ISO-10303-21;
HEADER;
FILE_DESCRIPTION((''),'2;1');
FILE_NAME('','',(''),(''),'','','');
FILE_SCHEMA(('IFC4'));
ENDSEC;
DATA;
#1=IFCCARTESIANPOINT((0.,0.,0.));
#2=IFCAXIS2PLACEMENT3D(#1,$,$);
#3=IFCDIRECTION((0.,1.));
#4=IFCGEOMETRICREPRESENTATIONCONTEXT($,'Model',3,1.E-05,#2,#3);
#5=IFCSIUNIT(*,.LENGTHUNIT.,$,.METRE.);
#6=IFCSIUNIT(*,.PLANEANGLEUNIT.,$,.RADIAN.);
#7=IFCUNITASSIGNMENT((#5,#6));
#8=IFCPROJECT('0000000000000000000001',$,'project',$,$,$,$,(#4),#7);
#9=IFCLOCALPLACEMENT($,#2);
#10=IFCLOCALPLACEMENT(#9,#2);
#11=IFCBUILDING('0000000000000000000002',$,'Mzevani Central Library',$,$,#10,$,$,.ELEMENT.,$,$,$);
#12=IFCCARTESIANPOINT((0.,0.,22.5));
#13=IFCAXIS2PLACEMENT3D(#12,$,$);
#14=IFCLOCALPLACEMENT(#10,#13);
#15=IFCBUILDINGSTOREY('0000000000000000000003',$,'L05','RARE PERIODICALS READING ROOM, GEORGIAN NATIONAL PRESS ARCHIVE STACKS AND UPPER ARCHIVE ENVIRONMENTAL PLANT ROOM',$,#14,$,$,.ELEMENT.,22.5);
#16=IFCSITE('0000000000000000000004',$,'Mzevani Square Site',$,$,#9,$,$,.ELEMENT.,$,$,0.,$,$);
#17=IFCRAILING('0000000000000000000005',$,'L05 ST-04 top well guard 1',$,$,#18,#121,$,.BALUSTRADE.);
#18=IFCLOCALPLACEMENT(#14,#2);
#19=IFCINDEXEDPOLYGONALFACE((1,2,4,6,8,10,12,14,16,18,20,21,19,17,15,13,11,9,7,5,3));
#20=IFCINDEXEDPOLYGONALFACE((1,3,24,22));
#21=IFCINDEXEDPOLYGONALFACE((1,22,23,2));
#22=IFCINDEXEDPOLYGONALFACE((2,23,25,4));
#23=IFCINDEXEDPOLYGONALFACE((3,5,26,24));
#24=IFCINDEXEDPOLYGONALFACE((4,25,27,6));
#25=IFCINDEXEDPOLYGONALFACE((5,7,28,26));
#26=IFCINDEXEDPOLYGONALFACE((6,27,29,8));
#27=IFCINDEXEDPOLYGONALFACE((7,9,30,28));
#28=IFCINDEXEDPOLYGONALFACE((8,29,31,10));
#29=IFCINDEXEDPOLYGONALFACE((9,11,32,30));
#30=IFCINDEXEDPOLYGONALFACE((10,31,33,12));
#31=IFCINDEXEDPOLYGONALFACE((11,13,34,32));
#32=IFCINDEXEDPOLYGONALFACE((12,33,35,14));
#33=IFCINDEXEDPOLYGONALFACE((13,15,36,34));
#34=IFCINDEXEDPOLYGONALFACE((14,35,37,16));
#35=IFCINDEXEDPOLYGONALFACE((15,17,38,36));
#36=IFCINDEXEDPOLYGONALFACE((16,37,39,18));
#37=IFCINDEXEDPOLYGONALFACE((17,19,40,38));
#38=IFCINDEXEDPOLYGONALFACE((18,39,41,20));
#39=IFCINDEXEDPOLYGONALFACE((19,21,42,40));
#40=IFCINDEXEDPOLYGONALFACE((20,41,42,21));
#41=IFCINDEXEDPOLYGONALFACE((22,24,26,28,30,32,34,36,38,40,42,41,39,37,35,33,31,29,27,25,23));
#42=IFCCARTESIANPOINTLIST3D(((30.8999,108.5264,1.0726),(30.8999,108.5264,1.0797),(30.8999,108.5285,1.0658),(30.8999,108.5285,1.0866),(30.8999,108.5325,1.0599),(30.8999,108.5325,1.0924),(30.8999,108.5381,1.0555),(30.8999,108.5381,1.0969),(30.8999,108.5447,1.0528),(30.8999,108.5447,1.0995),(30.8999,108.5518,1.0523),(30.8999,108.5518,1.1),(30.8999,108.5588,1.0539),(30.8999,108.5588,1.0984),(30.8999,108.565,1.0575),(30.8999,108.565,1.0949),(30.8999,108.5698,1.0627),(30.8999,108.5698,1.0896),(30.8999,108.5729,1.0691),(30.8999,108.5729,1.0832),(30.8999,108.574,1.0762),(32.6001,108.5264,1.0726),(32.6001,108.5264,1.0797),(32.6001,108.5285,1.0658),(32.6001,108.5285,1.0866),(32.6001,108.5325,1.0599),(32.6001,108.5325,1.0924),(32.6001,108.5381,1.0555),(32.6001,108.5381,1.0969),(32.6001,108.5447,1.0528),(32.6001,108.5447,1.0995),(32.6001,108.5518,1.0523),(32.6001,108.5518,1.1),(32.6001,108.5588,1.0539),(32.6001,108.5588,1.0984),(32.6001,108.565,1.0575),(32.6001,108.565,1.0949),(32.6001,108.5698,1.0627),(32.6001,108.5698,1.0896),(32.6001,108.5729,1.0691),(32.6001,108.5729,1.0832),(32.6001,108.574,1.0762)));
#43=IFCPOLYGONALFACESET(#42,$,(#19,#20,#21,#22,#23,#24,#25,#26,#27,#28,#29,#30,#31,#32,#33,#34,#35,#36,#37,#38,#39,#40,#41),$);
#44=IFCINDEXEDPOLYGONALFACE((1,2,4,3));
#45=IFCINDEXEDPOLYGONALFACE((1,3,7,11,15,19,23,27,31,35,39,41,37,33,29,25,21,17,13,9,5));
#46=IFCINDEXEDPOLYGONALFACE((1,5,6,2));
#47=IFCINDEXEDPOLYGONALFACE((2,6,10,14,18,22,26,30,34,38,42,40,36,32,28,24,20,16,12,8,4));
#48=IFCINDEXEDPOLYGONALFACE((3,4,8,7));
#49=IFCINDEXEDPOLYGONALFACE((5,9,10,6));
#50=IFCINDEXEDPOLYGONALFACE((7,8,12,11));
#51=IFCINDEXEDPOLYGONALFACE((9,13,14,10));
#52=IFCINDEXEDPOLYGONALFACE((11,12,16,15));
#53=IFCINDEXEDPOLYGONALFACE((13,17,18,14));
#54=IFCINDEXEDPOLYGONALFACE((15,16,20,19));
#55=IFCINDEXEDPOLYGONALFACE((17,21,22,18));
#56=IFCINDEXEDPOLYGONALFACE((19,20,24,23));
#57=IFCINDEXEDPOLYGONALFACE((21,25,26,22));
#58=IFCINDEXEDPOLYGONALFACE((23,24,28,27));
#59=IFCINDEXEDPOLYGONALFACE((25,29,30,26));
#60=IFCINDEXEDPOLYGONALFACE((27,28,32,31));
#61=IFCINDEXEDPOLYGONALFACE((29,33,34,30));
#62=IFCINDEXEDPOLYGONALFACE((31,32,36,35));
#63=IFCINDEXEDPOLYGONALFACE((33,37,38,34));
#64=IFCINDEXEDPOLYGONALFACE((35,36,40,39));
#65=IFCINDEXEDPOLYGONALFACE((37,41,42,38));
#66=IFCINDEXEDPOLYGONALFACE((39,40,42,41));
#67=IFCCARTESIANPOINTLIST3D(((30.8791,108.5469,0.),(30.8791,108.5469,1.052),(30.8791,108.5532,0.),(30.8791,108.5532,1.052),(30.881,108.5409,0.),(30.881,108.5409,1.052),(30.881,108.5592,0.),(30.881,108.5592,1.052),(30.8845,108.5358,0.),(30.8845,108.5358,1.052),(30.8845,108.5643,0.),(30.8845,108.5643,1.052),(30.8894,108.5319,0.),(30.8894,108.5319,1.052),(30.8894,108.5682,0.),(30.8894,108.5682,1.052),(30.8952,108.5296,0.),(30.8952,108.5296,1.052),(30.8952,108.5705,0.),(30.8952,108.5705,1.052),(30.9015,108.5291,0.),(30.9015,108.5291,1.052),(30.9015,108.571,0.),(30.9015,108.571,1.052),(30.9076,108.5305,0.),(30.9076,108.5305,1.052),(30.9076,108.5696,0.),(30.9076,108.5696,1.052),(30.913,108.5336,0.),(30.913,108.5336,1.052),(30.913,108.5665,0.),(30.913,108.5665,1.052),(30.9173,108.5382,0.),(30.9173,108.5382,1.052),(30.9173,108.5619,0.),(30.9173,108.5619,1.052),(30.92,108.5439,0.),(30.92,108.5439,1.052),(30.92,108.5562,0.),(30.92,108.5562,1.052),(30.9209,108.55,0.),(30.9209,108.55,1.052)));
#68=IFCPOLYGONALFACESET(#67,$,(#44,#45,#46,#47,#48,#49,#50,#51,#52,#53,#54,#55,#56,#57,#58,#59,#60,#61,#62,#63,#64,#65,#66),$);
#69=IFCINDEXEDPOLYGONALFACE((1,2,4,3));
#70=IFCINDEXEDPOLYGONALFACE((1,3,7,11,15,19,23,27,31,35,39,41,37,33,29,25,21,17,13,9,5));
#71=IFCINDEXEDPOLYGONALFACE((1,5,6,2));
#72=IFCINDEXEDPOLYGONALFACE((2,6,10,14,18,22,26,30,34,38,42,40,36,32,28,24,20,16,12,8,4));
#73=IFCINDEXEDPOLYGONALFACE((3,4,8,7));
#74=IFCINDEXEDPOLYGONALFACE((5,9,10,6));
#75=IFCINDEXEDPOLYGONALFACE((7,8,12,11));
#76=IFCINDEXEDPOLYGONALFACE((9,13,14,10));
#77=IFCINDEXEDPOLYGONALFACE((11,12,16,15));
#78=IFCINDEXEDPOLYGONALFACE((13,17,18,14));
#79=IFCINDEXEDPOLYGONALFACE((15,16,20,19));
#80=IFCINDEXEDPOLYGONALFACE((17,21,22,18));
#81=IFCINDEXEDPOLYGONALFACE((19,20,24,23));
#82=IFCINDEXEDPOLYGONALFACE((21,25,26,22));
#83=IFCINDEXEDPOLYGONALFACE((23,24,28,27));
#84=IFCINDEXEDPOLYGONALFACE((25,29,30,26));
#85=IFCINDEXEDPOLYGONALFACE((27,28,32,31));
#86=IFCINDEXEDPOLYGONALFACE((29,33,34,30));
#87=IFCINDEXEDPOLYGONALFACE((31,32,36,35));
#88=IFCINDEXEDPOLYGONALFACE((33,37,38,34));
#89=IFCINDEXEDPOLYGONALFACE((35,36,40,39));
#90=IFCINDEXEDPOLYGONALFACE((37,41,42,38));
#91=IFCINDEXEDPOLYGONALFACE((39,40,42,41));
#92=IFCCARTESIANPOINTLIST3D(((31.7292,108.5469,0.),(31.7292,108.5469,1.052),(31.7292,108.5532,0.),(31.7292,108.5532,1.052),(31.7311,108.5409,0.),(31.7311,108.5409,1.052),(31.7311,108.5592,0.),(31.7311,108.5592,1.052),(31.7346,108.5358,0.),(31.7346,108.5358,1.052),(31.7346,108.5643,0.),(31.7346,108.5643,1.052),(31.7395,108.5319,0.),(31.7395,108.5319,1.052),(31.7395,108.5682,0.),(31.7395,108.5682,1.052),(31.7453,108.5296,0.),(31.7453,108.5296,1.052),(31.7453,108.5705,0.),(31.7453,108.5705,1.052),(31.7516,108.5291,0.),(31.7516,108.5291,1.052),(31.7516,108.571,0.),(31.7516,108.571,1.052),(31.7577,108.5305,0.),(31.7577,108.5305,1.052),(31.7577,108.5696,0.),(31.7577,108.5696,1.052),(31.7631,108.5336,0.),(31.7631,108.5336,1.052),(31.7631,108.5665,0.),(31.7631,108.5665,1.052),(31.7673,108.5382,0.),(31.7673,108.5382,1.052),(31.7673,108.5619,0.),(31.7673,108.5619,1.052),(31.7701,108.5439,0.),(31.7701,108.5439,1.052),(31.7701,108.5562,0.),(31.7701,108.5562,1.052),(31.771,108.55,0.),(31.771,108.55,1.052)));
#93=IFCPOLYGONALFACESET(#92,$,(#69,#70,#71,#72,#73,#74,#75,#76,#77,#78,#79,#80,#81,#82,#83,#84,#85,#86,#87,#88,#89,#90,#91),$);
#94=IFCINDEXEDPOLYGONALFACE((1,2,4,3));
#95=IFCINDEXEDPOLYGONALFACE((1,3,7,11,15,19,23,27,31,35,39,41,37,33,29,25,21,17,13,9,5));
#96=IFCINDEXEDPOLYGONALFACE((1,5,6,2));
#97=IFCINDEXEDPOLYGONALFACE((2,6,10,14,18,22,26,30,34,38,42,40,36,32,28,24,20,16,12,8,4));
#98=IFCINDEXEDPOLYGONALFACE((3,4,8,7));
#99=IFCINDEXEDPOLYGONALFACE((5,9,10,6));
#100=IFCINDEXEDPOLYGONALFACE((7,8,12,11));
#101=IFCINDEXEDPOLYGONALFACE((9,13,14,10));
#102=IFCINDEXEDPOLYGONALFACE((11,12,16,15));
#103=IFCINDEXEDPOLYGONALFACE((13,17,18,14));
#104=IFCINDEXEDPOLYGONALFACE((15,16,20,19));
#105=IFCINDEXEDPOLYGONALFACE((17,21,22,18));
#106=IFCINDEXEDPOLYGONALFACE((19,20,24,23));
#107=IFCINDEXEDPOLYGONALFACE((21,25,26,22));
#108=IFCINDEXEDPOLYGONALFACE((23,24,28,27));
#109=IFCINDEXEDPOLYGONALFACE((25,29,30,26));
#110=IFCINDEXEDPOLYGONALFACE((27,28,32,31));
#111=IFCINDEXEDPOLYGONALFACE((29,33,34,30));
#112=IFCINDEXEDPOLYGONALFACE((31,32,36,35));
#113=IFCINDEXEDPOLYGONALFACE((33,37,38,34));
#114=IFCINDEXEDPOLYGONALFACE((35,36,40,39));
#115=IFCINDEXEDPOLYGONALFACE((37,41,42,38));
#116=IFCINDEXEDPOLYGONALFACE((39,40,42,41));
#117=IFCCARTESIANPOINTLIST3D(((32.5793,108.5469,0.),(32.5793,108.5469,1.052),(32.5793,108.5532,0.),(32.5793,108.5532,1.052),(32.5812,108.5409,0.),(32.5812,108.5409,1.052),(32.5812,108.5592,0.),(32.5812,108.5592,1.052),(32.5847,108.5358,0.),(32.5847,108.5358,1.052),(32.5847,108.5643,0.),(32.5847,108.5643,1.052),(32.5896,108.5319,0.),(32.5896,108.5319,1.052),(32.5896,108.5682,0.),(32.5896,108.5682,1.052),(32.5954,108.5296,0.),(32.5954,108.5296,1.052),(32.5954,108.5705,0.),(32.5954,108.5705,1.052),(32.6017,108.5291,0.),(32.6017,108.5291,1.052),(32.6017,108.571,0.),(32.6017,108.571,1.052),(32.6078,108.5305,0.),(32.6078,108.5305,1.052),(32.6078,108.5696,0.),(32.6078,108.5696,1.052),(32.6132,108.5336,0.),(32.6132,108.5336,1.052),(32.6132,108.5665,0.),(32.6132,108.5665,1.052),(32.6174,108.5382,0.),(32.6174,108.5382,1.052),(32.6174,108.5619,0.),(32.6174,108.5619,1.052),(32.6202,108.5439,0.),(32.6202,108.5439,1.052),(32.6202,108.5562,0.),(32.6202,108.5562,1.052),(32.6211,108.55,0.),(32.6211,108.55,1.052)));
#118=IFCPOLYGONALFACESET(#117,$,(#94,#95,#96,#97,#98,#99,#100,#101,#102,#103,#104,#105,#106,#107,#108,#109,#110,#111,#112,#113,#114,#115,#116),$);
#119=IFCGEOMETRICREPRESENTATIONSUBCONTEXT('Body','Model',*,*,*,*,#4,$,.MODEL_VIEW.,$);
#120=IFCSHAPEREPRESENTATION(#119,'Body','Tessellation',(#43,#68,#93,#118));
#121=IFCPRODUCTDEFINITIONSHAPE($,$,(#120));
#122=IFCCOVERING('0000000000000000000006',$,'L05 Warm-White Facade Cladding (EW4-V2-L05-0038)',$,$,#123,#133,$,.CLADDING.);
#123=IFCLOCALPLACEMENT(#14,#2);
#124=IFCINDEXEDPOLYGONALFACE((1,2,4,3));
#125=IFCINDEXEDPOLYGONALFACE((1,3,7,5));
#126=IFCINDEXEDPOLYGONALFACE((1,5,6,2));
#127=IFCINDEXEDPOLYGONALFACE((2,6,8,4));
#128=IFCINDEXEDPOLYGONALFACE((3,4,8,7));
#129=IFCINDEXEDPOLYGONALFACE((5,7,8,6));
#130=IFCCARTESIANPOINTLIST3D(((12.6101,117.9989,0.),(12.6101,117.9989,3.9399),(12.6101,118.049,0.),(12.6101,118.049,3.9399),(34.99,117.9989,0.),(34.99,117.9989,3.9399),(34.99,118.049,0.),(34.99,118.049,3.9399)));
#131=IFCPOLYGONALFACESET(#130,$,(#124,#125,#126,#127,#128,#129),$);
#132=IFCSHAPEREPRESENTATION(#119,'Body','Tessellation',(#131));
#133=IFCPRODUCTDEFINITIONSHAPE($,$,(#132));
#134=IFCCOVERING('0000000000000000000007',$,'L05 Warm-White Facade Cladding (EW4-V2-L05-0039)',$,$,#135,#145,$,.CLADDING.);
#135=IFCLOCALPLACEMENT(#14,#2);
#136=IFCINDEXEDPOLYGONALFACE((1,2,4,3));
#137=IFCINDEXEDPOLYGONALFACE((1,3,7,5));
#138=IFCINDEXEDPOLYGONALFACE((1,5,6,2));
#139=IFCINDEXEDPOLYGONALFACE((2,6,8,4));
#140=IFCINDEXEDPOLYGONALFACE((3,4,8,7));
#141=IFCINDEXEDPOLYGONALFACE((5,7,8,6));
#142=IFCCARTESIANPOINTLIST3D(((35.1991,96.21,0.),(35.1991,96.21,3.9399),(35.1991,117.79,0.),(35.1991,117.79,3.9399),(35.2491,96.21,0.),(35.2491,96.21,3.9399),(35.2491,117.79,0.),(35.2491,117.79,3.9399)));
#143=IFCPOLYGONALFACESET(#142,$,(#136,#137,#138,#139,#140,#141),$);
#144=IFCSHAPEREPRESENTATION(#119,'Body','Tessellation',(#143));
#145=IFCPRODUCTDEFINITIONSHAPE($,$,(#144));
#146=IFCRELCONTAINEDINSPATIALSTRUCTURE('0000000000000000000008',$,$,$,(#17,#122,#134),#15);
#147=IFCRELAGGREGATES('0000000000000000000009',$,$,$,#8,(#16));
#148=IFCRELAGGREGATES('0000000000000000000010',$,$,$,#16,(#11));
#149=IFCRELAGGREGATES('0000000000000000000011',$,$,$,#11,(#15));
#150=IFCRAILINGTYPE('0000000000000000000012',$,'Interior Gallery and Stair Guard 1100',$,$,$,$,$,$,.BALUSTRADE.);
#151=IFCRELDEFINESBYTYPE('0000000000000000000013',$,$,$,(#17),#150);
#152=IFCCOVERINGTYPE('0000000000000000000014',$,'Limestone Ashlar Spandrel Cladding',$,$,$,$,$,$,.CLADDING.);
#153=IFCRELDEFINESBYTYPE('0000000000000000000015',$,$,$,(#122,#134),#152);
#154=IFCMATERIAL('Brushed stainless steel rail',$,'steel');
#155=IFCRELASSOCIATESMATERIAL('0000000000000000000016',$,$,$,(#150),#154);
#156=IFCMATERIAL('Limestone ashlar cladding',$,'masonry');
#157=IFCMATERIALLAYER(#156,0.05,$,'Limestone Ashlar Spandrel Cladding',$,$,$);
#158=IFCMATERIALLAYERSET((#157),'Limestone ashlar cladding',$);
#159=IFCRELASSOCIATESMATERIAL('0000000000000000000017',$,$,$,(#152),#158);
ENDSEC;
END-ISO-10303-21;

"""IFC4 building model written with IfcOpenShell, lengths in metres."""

from ifc_helpers import new_model, si_unit, direction, frame, origin, origin_2d, place, context, subcontext, project, spatial, rectangle, circle, extrude, material, layer, layer_set, type_object, element, save


model = new_model("IFC4")

# Units and contexts
model_context = context("Model", 3, precision=1e-05, world=origin(), true_north=direction((0.0, 1.0)))
body_context = subcontext(model_context, "Body", "Model", "MODEL_VIEW")
ifc_project = project(units=[si_unit("LENGTHUNIT", "METRE"), si_unit("PLANEANGLEUNIT", "RADIAN")], contexts=[model_context])

# Site, building, storey
site_placement = place(None, origin())
site = spatial("IfcSite", under=ifc_project, at=site_placement, Name="Mzevani Square Site", CompositionType="ELEMENT", RefElevation=0.0)
building_placement = place(site_placement, origin())
building = spatial("IfcBuilding", under=site, at=building_placement, Name="Mzevani Central Library", CompositionType="ELEMENT")
storey_placement = place(building_placement, frame((0.0, 0.0, 22.5)))
storey = spatial("IfcBuildingStorey", under=building, at=storey_placement, Name="L05", Description="RARE PERIODICALS READING ROOM, GEORGIAN NATIONAL PRESS ARCHIVE STACKS AND UPPER ARCHIVE ENVIRONMENTAL PLANT ROOM", CompositionType="ELEMENT", Elevation=22.5)

# Railing
ifc_material_1 = material(Name="Brushed stainless steel rail", Category="steel")
railing_type = type_object("IfcRailingType", Name="Interior Gallery and Stair Guard 1100", PredefinedType="BALUSTRADE", material=ifc_material_1)
railing_1_placement = place(storey_placement, frame((30.8999, 108.55, 0.0)))
element("IfcRailing", 1, at=railing_1_placement, inside=storey, type_object=railing_type, Name="L05 ST-04 top well guard 1", PredefinedType="BALUSTRADE", context=body_context, shape_type="SweptSolid", body=[
    extrude(circle(Radius=0.0239, at=origin_2d()), frame((0.0, 0.0, 1.0762), z_axis=(1.0, 0.0, 0.0), x_axis=(0.0, 1.0, 0.0)), (0.0, 0.0, 1.0), 1.7002),
    extrude(circle(Radius=0.021, at=origin_2d()), origin(), (0.0, 0.0, 1.0), 1.052),
    extrude(circle(Radius=0.021, at=origin_2d()), frame((0.8501, 0.0, 0.0)), (0.0, 0.0, 1.0), 1.052),
    extrude(circle(Radius=0.021, at=origin_2d()), frame((1.7002, 0.0, 0.0)), (0.0, 0.0, 1.0), 1.052),
])

# Coverings
ifc_material_2 = material(Name="Limestone ashlar cladding", Category="masonry")
ifc_layer_1 = layer(ifc_material_2, 0.05, Name="Limestone Ashlar Spandrel Cladding")
ifc_layer_set_1 = layer_set([ifc_layer_1], Name="Limestone ashlar cladding")
covering_type = type_object("IfcCoveringType", Name="Limestone Ashlar Spandrel Cladding", PredefinedType="CLADDING", material=ifc_layer_set_1)
covering_1_placement = place(storey_placement, frame((23.8, 118.0239, 0.0), z_axis=(0.0, 0.0, 1.0), x_axis=(1.0, 0.0, 0.0)))
element("IfcCovering", 2, at=covering_1_placement, inside=storey, type_object=covering_type, Name="L05 Warm-White Facade Cladding (EW4-V2-L05-0038)", PredefinedType="CLADDING", context=body_context, shape_type="SweptSolid", body=[
    extrude(rectangle(XDim=22.3799, YDim=0.05, at=origin_2d()), origin(), (0.0, 0.0, 1.0), 3.9399),
])
covering_2_placement = place(storey_placement, frame((35.2241, 107.0, 0.0), z_axis=(0.0, 0.0, 1.0), x_axis=(0.0, -1.0, 0.0)))
element("IfcCovering", 3, at=covering_2_placement, inside=storey, type_object=covering_type, Name="L05 Warm-White Facade Cladding (EW4-V2-L05-0039)", PredefinedType="CLADDING", context=body_context, shape_type="SweptSolid", body=[
    extrude(rectangle(XDim=21.5801, YDim=0.05, at=origin_2d()), origin(), (0.0, 0.0, 1.0), 3.9399),
])

save(model, "model.ifc")
